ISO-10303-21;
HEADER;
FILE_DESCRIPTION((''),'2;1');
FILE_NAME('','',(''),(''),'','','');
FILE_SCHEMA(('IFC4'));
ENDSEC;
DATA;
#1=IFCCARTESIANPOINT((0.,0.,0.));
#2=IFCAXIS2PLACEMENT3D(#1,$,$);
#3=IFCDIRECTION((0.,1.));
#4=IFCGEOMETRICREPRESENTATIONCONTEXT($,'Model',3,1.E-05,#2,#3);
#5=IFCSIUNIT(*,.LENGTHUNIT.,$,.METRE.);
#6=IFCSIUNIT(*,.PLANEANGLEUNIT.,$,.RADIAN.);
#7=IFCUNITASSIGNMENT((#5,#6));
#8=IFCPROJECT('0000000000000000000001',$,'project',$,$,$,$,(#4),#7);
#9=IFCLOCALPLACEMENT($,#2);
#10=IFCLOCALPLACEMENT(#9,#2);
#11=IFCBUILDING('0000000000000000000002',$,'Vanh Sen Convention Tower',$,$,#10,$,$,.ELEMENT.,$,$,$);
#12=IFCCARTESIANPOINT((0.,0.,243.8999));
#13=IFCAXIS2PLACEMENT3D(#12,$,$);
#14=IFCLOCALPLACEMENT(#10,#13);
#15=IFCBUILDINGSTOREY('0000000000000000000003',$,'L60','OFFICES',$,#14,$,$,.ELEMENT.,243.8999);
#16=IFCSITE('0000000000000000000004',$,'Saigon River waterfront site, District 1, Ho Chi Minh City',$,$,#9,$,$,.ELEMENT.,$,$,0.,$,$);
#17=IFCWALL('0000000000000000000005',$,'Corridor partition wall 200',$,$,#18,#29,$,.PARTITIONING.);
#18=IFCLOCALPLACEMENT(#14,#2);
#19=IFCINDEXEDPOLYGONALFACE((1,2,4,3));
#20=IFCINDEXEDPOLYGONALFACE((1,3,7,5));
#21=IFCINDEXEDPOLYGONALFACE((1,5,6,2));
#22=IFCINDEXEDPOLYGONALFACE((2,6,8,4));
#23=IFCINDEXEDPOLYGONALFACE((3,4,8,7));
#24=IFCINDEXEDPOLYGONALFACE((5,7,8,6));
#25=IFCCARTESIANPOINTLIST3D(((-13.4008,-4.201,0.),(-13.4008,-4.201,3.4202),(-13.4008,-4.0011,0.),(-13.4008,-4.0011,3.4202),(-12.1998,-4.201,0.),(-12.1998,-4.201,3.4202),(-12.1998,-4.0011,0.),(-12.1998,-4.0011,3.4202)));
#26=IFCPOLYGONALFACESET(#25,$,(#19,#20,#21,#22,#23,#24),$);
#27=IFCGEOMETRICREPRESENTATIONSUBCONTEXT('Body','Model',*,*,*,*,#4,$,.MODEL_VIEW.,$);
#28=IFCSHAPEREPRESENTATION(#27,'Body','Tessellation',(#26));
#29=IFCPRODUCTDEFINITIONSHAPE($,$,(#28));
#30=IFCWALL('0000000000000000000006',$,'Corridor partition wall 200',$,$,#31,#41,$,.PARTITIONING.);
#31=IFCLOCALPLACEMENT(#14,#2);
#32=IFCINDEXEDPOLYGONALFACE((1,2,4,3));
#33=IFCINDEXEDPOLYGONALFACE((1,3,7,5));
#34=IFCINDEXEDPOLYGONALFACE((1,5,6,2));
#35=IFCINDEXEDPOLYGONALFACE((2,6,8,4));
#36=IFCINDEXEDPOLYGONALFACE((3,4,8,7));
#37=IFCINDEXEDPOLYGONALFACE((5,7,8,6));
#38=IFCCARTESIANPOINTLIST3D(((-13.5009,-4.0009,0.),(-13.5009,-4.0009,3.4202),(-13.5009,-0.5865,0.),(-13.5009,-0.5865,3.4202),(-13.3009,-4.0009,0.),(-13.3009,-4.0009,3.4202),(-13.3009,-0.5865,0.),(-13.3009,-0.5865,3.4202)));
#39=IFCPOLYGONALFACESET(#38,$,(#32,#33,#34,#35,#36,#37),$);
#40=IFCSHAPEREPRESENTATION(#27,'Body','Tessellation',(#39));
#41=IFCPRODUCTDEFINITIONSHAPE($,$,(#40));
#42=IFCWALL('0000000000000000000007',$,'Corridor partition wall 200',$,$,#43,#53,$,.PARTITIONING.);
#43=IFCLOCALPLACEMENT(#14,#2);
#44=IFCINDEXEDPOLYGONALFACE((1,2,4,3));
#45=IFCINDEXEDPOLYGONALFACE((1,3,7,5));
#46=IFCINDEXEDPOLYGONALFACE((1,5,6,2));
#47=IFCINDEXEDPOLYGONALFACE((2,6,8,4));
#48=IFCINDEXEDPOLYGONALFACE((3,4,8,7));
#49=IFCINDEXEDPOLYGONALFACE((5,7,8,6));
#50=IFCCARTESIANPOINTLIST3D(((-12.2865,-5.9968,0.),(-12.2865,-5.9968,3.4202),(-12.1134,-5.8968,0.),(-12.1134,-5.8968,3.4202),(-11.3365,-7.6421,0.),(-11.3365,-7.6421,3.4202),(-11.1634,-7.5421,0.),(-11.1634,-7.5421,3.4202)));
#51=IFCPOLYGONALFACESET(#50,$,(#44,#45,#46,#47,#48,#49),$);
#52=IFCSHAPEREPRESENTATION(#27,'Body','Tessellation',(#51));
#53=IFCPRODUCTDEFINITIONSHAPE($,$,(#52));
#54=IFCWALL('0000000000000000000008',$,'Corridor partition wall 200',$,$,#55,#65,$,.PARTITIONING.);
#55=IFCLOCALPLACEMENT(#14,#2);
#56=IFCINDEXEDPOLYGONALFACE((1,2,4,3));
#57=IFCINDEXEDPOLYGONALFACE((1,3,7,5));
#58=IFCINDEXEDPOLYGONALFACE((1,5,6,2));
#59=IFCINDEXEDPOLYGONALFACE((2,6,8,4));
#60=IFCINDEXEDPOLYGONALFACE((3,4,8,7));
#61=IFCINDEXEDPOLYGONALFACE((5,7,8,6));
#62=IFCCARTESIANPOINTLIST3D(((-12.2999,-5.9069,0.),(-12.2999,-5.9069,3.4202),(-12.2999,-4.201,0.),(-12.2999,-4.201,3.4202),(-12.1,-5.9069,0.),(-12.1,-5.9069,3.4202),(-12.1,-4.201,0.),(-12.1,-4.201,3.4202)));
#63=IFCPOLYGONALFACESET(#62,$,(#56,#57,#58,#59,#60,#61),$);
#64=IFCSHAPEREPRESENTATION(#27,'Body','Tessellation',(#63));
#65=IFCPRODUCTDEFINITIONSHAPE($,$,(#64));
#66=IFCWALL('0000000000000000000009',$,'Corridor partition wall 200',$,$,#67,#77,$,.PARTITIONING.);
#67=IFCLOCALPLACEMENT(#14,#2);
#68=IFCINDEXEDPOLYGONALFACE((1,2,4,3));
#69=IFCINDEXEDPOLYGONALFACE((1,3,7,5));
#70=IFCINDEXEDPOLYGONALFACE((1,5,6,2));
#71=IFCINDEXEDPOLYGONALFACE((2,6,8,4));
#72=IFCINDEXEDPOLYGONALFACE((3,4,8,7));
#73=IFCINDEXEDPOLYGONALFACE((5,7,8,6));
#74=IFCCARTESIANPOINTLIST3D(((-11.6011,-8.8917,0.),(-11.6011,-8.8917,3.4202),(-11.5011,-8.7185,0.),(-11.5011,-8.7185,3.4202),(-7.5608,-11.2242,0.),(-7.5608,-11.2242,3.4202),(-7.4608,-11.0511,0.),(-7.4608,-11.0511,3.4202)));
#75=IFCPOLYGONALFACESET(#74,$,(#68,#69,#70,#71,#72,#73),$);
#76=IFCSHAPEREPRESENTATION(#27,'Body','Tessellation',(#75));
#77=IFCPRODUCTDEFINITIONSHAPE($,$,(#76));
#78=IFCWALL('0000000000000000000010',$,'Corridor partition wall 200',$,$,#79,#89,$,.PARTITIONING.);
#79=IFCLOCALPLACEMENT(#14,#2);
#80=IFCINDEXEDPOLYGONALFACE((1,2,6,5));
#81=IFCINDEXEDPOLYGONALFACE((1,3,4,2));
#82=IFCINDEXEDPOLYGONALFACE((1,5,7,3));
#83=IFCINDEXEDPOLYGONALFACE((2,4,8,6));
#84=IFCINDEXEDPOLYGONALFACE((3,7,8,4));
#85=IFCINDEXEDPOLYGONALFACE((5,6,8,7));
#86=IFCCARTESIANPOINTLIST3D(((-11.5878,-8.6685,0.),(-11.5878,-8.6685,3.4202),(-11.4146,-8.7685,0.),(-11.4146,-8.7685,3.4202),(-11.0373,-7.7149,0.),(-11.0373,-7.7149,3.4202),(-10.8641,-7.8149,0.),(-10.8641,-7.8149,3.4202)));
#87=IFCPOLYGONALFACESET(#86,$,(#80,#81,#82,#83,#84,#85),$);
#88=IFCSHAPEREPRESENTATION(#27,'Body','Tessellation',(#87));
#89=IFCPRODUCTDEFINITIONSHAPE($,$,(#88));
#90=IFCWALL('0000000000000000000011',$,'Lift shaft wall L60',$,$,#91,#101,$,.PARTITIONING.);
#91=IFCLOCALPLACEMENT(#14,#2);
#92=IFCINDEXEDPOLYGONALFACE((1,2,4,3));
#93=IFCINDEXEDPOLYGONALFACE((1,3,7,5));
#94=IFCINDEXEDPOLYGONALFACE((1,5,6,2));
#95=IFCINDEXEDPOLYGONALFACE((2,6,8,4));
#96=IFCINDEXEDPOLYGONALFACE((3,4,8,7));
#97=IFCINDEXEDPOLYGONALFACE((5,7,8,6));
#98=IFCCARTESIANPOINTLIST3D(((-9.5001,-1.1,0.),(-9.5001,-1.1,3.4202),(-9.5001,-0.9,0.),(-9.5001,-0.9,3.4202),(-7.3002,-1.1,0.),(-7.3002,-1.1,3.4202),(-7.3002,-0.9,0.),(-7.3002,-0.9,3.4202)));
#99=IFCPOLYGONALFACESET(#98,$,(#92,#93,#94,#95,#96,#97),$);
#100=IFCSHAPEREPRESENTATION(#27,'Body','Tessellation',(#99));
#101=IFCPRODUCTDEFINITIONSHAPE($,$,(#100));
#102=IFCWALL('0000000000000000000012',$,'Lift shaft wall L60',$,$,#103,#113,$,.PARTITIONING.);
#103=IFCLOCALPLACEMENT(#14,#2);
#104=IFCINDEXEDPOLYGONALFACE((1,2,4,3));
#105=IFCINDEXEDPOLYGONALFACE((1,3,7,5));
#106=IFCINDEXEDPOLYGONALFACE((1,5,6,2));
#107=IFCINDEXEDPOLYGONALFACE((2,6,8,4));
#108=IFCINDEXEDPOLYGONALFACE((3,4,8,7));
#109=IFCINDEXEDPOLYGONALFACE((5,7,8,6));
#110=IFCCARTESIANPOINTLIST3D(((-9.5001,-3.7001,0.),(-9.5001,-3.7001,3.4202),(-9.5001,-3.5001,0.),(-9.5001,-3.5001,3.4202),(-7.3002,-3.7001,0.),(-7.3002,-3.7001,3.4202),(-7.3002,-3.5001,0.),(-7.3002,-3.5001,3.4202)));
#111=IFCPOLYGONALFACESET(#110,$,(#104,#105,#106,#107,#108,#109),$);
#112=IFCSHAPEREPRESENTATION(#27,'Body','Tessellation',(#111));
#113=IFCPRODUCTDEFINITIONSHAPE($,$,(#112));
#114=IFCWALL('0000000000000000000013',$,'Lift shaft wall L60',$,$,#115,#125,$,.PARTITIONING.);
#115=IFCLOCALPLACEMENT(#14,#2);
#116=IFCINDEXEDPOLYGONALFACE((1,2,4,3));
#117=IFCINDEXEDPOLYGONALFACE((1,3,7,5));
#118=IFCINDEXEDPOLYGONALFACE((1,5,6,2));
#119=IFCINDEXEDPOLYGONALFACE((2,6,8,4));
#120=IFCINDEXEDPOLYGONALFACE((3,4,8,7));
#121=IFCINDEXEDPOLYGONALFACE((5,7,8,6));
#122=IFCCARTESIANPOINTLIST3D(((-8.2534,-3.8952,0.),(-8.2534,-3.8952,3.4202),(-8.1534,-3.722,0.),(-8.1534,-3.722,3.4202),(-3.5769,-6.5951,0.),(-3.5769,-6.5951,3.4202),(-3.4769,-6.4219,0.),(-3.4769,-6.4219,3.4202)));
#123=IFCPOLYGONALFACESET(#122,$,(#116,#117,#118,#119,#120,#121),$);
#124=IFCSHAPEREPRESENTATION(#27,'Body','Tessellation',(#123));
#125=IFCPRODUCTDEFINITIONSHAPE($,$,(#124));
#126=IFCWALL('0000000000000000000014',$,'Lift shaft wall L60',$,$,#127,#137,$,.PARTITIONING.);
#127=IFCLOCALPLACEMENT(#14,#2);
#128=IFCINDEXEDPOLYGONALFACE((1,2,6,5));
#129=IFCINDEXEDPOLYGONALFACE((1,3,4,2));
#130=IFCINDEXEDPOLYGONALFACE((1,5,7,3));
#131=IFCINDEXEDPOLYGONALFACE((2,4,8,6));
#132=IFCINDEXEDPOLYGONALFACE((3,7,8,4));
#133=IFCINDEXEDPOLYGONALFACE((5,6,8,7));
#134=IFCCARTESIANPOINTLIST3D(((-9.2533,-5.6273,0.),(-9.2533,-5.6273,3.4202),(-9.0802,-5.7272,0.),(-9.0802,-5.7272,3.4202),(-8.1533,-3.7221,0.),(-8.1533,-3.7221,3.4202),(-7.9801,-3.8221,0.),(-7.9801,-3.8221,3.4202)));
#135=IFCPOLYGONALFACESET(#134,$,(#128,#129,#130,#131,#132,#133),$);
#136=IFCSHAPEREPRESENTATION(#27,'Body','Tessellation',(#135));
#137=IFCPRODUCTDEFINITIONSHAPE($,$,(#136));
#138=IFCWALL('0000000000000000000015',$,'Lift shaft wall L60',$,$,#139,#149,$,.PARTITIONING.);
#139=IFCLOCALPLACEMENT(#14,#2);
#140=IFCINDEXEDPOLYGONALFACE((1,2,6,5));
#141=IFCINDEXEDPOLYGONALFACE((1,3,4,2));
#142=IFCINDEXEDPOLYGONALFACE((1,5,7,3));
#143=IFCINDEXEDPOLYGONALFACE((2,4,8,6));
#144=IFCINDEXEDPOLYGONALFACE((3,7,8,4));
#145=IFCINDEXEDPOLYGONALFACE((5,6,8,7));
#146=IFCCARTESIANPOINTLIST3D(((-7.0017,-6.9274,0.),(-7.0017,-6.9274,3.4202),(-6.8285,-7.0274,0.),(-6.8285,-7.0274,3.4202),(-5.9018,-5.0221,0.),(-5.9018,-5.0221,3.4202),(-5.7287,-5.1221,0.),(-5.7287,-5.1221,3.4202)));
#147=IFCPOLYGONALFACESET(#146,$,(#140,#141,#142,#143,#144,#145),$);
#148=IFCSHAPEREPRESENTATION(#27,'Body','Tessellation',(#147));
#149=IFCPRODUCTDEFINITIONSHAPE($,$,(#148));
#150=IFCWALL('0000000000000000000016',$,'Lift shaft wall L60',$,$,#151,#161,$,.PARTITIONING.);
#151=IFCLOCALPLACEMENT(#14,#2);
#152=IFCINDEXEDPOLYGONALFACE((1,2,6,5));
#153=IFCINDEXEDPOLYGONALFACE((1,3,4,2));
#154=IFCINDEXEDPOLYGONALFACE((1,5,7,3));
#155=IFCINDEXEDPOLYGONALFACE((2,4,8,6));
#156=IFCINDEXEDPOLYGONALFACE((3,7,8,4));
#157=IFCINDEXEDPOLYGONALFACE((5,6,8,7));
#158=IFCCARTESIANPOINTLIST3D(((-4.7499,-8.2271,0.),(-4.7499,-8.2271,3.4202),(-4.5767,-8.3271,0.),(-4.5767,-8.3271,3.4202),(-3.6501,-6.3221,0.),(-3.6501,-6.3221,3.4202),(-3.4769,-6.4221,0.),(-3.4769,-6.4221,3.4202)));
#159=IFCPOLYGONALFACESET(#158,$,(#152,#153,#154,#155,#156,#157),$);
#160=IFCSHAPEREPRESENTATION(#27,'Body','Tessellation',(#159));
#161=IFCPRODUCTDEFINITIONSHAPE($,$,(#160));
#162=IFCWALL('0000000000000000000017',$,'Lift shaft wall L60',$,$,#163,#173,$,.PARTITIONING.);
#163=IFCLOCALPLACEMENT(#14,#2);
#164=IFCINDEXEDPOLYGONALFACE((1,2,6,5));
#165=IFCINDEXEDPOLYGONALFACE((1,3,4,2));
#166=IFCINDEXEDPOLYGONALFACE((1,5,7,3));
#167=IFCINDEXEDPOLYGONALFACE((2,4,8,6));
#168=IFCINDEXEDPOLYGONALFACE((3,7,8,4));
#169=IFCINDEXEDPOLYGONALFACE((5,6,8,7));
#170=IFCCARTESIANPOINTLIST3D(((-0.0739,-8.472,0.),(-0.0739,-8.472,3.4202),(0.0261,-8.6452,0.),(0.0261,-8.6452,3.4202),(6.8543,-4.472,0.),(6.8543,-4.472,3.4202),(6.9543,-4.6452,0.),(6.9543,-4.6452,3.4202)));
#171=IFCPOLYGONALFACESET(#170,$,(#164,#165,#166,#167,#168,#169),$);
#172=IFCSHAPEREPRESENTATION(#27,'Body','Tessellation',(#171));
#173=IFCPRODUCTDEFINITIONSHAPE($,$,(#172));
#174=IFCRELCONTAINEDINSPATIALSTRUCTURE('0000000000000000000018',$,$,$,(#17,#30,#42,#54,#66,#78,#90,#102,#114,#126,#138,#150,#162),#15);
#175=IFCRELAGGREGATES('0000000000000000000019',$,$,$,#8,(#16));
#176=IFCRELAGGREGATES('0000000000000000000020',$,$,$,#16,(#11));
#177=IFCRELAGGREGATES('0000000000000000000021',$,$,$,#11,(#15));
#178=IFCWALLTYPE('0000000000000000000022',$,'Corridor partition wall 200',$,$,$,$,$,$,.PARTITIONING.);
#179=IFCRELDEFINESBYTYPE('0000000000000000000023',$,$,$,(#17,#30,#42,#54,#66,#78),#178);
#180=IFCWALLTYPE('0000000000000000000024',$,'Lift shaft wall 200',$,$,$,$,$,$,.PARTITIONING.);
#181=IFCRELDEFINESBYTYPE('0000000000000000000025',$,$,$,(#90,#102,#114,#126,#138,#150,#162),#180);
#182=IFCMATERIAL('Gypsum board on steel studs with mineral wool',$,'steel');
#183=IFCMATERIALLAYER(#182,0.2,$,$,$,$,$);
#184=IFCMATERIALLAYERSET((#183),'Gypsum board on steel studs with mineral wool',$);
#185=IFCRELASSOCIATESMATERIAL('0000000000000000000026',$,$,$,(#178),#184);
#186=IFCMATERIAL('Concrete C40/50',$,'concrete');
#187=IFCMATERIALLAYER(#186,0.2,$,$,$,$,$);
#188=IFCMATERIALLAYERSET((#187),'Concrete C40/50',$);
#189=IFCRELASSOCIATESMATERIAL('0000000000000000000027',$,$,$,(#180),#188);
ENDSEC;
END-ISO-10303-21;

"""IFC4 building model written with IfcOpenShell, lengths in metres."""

from ifc_helpers import new_model, si_unit, direction, frame, frame_2d, origin, place, context, subcontext, project, spatial, rectangle, extrude, material, layer, layer_set, type_object, element, save


model = new_model("IFC4")

# Units and contexts
model_context = context("Model", 3, precision=1e-05, world=origin(), true_north=direction((0.0, 1.0)))
body_context = subcontext(model_context, "Body", "Model", "MODEL_VIEW")
ifc_project = project(units=[si_unit("LENGTHUNIT", "METRE"), si_unit("PLANEANGLEUNIT", "RADIAN")], contexts=[model_context])

# Site, building, storey
site_placement = place(None, origin())
site = spatial("IfcSite", under=ifc_project, at=site_placement, Name="Saigon River waterfront site, District 1, Ho Chi Minh City", CompositionType="ELEMENT", RefElevation=0.0)
building_placement = place(site_placement, origin())
building = spatial("IfcBuilding", under=site, at=building_placement, Name="Vanh Sen Convention Tower", CompositionType="ELEMENT")
storey_placement = place(building_placement, frame((0.0, 0.0, 243.8999)))
storey = spatial("IfcBuildingStorey", under=building, at=storey_placement, Name="L60", Description="OFFICES", CompositionType="ELEMENT", Elevation=243.8999)

# Walls
ifc_material_1 = material(Name="Gypsum board on steel studs with mineral wool", Category="steel")
ifc_layer_1 = layer(ifc_material_1, 0.2)
ifc_layer_set_1 = layer_set([ifc_layer_1], Name="Gypsum board on steel studs with mineral wool")
wall_type_1 = type_object("IfcWallType", Name="Corridor partition wall 200", PredefinedType="PARTITIONING", material=ifc_layer_set_1)
wall_1_placement = place(storey_placement, frame((-13.4009, -4.1011, 0.0), z_axis=(0.0, 0.0, 1.0), x_axis=(1.0, 0.0, 0.0)))
element("IfcWall", 1, at=wall_1_placement, inside=storey, type_object=wall_type_1, Name="Corridor partition wall 200", PredefinedType="PARTITIONING", context=body_context, shape_type="SweptSolid", body=[
    extrude(rectangle(XDim=1.2009, YDim=0.2, at=frame_2d((0.6006, 0.0))), origin(), (0.0, 0.0, 1.0), 3.4202),
])
wall_2_placement = place(storey_placement, frame((-13.4009, -0.5867, 0.0), z_axis=(0.0, 0.0, 1.0), x_axis=(0.0, -1.0, 0.0)))
element("IfcWall", 2, at=wall_2_placement, inside=storey, type_object=wall_type_1, Name="Corridor partition wall 200", PredefinedType="PARTITIONING", context=body_context, shape_type="SweptSolid", body=[
    extrude(rectangle(XDim=3.4143, YDim=0.2, at=frame_2d((1.707, 0.0))), origin(), (0.0, 0.0, 1.0), 3.4202),
])
wall_3_placement = place(storey_placement, frame((-12.2, -5.9468, 0.0), z_axis=(0.0, 0.0, 1.0), x_axis=(0.500023, -0.866012, 0.0)))
element("IfcWall", 3, at=wall_3_placement, inside=storey, type_object=wall_type_1, Name="Corridor partition wall 200", PredefinedType="PARTITIONING", context=body_context, shape_type="SweptSolid", body=[
    extrude(rectangle(XDim=1.8999, YDim=0.2, at=frame_2d((0.95, 0.0))), origin(), (0.0, 0.0, 1.0), 3.4202),
])
wall_4_placement = place(storey_placement, frame((-12.2, -4.2009, 0.0), z_axis=(0.0, 0.0, 1.0), x_axis=(0.0, -1.0, 0.0)))
element("IfcWall", 4, at=wall_4_placement, inside=storey, type_object=wall_type_1, Name="Corridor partition wall 200", PredefinedType="PARTITIONING", context=body_context, shape_type="SweptSolid", body=[
    extrude(rectangle(XDim=1.7058, YDim=0.2, at=frame_2d((0.853, 0.0))), origin(), (0.0, 0.0, 1.0), 3.4202),
])
wall_5_placement = place(storey_placement, frame((-11.551, -8.8052, 0.0), z_axis=(0.0, 0.0, 1.0), x_axis=(0.866038, -0.499978, 0.0)))
element("IfcWall", 5, at=wall_5_placement, inside=storey, type_object=wall_type_1, Name="Corridor partition wall 200", PredefinedType="PARTITIONING", context=body_context, shape_type="SweptSolid", body=[
    extrude(rectangle(XDim=4.6653, YDim=0.2, at=frame_2d((2.3325, 0.0))), origin(), (0.0, 0.0, 1.0), 3.4202),
])
wall_6_placement = place(storey_placement, frame((-10.9507, -7.7649, 0.0), z_axis=(0.0, 0.0, 1.0), x_axis=(-0.499978, -0.866038, 0.0)))
element("IfcWall", 6, at=wall_6_placement, inside=storey, type_object=wall_type_1, Name="Corridor partition wall 200", PredefinedType="PARTITIONING", context=body_context, shape_type="SweptSolid", body=[
    extrude(rectangle(XDim=1.1011, YDim=0.2, at=frame_2d((0.5505, 0.0))), origin(), (0.0, 0.0, 1.0), 3.4202),
])
ifc_material_2 = material(Name="Concrete C40/50", Category="concrete")
ifc_layer_2 = layer(ifc_material_2, 0.2)
ifc_layer_set_2 = layer_set([ifc_layer_2], Name="Concrete C40/50")
wall_type_2 = type_object("IfcWallType", Name="Lift shaft wall 200", PredefinedType="PARTITIONING", material=ifc_layer_set_2)
for number, where, z_axis, x_axis, name in (
    (7, (-7.3, -1.0, 0.0), (0.0, 0.0, 1.0), (-1.0, 0.0, 0.0), "Lift shaft wall L60"),
    (8, (-7.3, -3.6001, 0.0), (0.0, 0.0, 1.0), (-1.0, 0.0, 0.0), "Lift shaft wall L60"),
):
    element("IfcWall", number, at=place(storey_placement, frame(where, z_axis=z_axis, x_axis=x_axis)), inside=storey, type_object=wall_type_2, Name=name, PredefinedType="PARTITIONING", context=body_context, shape_type="SweptSolid", body=[
        extrude(rectangle(XDim=2.2, YDim=0.2, at=frame_2d((1.1001, 0.0))), origin(), (0.0, 0.0, 1.0), 3.4202),
    ])
wall_7_placement = place(storey_placement, frame((-8.2034, -3.8086, 0.0), z_axis=(0.0, 0.0, 1.0), x_axis=(0.866028, -0.499995, 0.0)))
element("IfcWall", 9, at=wall_7_placement, inside=storey, type_object=wall_type_2, Name="Lift shaft wall L60", PredefinedType="PARTITIONING", context=body_context, shape_type="SweptSolid", body=[
    extrude(rectangle(XDim=5.3999, YDim=0.2, at=frame_2d((2.7, 0.0))), origin(), (0.0, 0.0, 1.0), 3.4202),
])
for number, where, z_axis, x_axis, name in (
    (10, (-8.0667, -3.772, 0.0), (0.0, 0.0, 1.0), (-0.50003, -0.866008, 0.0), "Lift shaft wall L60"),
    (11, (-5.8152, -5.072, 0.0), (0.0, 0.0, 1.0), (-0.499947, -0.866056, 0.0), "Lift shaft wall L60"),
):
    element("IfcWall", number, at=place(storey_placement, frame(where, z_axis=z_axis, x_axis=x_axis)), inside=storey, type_object=wall_type_2, Name=name, PredefinedType="PARTITIONING", context=body_context, shape_type="SweptSolid", body=[
        extrude(rectangle(XDim=2.2, YDim=0.2, at=frame_2d((1.1001, 0.0))), origin(), (0.0, 0.0, 1.0), 3.4202),
    ])
wall_8_placement = place(storey_placement, frame((-3.5635, -6.3721, 0.0), z_axis=(0.0, 0.0, 1.0), x_axis=(-0.499995, -0.866028, 0.0)))
element("IfcWall", 12, at=wall_8_placement, inside=storey, type_object=wall_type_2, Name="Lift shaft wall L60", PredefinedType="PARTITIONING", context=body_context, shape_type="SweptSolid", body=[
    extrude(rectangle(XDim=2.1997, YDim=0.2, at=frame_2d((1.0999, 0.0))), origin(), (0.0, 0.0, 1.0), 3.4202),
])
wall_9_placement = place(storey_placement, frame((-0.0239, -8.5586, 0.0), z_axis=(0.0, 0.0, 1.0), x_axis=(0.866026, 0.499999, 0.0)))
element("IfcWall", 13, at=wall_9_placement, inside=storey, type_object=wall_type_2, Name="Lift shaft wall L60", PredefinedType="PARTITIONING", context=body_context, shape_type="SweptSolid", body=[
    extrude(rectangle(XDim=8.0, YDim=0.2, at=frame_2d((4.0, 0.0))), origin(), (0.0, 0.0, 1.0), 3.4202),
])

save(model, "model.ifc")
